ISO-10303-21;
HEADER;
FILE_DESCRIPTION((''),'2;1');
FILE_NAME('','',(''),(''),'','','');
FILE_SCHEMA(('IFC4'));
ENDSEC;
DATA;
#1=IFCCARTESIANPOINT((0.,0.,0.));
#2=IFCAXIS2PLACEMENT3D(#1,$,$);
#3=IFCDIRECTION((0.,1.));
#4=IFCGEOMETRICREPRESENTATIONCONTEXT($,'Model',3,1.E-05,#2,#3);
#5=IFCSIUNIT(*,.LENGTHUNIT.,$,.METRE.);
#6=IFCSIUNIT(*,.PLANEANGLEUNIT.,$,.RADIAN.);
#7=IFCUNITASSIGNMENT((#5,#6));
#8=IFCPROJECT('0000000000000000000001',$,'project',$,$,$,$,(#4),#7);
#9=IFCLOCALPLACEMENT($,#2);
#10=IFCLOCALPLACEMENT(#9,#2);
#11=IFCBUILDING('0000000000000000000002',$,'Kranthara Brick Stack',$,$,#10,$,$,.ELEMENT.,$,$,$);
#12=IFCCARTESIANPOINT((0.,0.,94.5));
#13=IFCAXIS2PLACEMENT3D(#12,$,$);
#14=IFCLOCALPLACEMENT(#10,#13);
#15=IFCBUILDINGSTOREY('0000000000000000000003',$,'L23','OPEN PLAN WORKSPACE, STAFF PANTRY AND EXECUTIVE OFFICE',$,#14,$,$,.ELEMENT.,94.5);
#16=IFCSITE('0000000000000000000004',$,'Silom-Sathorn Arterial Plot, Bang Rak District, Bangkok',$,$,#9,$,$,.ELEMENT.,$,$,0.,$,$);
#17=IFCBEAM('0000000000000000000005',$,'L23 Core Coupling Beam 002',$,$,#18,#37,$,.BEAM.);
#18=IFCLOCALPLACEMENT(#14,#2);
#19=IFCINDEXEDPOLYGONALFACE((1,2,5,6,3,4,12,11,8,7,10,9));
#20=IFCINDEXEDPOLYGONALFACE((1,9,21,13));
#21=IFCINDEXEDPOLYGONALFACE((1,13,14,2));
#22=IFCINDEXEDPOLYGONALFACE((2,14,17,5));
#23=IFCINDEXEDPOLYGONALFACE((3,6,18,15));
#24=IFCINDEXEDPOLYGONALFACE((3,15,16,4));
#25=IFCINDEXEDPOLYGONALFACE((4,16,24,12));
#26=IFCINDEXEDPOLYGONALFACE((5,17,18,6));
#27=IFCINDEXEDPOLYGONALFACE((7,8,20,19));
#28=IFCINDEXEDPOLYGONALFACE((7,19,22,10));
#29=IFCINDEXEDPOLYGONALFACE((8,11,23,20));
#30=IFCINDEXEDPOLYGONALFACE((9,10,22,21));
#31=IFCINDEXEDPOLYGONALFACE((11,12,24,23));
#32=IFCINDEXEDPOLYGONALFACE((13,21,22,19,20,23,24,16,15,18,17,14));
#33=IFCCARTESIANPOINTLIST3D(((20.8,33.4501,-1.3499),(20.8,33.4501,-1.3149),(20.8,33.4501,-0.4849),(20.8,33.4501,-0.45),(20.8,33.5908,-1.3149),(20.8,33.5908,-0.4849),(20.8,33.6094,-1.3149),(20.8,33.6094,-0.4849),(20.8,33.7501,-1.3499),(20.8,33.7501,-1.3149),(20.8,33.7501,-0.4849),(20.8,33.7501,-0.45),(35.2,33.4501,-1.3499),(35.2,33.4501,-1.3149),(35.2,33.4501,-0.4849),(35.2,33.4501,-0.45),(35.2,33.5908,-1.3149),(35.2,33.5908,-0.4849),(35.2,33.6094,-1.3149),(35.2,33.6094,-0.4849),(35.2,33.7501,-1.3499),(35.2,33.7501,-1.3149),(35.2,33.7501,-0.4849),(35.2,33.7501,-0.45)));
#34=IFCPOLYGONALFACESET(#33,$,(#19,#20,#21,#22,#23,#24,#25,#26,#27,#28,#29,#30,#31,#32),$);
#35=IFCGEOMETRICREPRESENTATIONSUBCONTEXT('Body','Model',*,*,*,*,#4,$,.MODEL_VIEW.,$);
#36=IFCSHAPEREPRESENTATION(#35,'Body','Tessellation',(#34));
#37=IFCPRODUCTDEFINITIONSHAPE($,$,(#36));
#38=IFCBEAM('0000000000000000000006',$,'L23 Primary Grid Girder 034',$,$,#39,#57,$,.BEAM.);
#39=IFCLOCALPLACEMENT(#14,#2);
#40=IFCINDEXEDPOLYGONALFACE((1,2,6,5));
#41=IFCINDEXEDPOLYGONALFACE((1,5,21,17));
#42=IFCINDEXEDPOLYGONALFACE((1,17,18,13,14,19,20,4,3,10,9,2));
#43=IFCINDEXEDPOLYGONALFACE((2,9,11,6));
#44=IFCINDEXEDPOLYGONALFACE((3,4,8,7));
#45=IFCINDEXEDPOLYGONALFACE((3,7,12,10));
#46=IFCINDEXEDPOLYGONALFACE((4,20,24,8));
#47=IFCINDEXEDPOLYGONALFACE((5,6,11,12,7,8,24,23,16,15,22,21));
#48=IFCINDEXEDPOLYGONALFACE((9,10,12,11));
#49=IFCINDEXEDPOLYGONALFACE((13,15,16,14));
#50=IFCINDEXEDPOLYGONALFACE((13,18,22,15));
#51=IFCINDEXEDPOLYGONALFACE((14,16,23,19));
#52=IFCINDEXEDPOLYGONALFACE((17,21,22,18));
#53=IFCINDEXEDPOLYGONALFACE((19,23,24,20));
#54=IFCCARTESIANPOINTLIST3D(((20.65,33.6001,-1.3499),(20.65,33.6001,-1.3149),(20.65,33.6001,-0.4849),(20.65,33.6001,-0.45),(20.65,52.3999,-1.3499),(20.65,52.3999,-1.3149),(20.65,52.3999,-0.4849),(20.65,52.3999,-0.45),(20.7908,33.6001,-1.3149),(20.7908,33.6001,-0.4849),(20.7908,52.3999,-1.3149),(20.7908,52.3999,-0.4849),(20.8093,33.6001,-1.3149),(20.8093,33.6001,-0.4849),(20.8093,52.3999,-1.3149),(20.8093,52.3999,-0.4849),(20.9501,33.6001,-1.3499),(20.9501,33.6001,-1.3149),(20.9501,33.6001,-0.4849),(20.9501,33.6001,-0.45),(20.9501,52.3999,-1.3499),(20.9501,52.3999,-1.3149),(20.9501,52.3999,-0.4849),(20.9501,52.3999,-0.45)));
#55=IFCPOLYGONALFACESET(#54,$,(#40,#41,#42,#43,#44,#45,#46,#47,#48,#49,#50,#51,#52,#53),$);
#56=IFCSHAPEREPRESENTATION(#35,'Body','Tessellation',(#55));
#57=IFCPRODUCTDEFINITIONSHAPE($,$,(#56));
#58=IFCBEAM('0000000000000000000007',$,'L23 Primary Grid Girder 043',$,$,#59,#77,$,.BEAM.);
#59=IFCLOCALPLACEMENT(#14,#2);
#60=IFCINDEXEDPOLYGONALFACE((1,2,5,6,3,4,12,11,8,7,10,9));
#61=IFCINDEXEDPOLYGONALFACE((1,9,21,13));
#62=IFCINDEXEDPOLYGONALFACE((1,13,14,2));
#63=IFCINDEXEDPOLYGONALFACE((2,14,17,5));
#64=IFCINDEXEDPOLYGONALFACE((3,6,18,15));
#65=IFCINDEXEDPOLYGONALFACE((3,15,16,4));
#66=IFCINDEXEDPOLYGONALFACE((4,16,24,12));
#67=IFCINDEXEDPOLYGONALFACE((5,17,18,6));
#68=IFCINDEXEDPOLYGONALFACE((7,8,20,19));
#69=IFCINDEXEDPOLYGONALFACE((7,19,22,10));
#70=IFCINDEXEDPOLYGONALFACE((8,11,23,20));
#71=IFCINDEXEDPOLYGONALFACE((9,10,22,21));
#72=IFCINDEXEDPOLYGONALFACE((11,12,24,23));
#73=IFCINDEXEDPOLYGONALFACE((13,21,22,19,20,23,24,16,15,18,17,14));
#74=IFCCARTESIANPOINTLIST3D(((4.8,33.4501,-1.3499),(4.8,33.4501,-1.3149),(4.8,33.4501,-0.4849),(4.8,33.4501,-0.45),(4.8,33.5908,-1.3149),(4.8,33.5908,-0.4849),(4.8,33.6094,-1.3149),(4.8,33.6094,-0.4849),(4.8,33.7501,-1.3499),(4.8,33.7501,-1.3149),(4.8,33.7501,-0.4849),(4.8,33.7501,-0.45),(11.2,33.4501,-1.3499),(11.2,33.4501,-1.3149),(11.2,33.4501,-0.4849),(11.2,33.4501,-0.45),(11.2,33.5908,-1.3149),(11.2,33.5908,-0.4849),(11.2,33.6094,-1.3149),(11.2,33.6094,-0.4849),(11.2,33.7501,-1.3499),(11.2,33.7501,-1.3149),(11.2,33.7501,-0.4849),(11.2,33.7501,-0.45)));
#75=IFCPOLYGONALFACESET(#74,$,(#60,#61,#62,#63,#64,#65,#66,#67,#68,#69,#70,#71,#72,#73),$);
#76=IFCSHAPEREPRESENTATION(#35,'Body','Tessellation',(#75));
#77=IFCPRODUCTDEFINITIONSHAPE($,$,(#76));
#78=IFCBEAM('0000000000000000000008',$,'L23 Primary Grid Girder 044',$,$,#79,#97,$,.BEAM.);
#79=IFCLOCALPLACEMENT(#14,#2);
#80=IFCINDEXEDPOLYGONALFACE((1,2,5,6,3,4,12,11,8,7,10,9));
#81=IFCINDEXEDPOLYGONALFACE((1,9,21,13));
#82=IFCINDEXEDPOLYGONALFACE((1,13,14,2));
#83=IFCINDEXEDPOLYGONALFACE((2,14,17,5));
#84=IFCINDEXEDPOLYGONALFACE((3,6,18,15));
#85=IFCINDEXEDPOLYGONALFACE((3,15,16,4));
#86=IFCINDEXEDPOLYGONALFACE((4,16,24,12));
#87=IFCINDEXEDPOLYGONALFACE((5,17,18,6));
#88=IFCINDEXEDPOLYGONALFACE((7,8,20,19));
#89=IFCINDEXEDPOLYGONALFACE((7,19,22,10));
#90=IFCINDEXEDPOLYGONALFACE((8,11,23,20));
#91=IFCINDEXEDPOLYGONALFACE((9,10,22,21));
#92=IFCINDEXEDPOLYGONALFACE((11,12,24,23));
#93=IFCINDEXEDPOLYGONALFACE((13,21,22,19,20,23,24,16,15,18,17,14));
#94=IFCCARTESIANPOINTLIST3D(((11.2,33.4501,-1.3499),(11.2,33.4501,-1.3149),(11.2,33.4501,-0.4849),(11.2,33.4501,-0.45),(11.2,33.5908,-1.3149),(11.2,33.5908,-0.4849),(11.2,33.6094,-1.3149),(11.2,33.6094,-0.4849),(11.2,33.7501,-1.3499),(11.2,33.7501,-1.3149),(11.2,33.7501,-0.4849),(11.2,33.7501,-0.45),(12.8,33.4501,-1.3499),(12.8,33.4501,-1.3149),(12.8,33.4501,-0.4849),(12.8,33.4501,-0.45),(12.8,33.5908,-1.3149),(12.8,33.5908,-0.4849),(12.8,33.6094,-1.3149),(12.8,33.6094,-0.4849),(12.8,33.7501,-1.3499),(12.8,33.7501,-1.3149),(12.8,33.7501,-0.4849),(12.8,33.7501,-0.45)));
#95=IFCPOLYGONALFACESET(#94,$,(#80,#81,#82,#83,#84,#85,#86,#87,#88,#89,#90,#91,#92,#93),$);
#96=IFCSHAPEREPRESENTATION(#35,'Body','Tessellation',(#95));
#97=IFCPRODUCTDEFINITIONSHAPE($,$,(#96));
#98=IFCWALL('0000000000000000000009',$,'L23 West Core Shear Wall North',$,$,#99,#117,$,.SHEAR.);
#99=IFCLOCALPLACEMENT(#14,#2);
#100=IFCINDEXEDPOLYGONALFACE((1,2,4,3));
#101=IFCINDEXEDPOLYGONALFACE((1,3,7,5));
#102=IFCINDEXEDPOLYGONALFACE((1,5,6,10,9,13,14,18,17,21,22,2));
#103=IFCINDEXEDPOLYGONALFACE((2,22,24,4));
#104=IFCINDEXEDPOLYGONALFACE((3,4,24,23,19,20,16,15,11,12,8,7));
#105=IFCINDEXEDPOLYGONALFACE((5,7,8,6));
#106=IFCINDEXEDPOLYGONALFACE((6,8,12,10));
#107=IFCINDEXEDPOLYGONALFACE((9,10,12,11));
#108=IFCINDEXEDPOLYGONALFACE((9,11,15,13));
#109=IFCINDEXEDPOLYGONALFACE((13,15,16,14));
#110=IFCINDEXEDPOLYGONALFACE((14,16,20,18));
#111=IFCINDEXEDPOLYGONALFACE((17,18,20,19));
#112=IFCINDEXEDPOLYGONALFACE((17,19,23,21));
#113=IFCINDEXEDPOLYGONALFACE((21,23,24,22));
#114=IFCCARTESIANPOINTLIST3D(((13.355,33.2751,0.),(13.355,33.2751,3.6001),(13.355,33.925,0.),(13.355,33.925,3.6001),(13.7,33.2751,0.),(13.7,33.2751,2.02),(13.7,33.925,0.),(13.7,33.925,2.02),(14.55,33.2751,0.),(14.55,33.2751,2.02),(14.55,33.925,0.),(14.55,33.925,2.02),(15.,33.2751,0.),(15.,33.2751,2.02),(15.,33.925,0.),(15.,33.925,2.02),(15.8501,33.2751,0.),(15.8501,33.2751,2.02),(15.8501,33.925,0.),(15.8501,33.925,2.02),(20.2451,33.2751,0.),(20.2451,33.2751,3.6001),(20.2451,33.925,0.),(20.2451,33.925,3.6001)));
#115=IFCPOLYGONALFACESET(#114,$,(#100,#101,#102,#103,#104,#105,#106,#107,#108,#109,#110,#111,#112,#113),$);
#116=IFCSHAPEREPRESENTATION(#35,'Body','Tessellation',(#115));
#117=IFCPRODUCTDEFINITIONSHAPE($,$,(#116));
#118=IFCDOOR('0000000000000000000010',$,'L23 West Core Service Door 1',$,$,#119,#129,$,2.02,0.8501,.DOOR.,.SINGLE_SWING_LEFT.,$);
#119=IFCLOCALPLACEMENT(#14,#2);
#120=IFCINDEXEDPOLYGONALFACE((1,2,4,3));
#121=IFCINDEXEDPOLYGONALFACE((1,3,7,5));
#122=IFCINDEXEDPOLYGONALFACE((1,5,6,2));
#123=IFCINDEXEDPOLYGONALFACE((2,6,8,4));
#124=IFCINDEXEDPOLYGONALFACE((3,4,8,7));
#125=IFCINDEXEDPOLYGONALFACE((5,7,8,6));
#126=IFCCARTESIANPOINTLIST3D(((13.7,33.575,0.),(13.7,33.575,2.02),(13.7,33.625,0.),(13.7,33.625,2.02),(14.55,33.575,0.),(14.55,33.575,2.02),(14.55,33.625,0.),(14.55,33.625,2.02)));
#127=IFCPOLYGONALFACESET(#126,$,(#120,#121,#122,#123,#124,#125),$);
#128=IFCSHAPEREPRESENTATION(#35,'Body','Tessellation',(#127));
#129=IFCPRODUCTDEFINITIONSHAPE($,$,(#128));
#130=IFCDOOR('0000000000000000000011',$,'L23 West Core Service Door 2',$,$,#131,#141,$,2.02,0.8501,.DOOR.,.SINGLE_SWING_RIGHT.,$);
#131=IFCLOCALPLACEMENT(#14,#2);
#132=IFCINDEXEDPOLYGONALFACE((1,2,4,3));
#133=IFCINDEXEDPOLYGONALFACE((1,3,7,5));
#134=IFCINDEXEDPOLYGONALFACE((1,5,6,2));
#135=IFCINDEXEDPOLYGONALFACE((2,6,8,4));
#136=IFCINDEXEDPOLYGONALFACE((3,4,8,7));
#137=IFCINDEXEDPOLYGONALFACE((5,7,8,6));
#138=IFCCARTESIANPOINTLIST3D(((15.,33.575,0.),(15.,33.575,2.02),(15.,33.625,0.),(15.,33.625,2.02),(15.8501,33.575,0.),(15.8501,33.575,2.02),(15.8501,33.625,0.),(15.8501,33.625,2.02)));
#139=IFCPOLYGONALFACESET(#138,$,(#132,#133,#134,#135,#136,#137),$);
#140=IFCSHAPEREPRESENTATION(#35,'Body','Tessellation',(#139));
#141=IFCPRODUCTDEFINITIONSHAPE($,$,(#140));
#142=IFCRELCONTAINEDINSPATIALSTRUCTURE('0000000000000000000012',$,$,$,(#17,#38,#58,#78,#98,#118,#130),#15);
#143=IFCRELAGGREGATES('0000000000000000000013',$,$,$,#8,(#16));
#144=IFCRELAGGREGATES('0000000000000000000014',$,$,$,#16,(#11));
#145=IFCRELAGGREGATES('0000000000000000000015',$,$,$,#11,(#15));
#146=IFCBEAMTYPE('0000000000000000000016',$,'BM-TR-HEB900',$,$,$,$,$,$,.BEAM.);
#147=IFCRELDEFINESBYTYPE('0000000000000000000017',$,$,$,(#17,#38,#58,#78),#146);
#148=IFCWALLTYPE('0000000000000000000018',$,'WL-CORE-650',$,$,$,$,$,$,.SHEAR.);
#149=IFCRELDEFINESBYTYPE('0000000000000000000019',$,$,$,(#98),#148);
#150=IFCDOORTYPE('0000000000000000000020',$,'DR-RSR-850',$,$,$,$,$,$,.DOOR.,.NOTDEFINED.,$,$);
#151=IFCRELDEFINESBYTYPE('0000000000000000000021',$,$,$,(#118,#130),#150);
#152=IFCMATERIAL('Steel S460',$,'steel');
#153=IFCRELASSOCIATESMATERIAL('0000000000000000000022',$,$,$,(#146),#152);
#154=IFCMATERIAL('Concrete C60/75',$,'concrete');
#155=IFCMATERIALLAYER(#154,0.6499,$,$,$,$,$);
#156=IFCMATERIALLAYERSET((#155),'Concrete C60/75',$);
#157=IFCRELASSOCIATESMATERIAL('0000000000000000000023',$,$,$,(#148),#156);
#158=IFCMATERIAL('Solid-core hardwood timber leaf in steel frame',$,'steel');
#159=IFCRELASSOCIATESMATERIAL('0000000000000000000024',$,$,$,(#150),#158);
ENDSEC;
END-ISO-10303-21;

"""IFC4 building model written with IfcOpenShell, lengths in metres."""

from ifc_helpers import new_model, si_unit, direction, frame, frame_2d, origin, origin_2d, place, context, subcontext, project, spatial, rectangle, i_section, extrude, material, layer, layer_set, material_profile, profile_set, type_object, element, fill, save


model = new_model("IFC4")

# Units and contexts
model_context = context("Model", 3, precision=1e-05, world=origin(), true_north=direction((0.0, 1.0)))
body_context = subcontext(model_context, "Body", "Model", "MODEL_VIEW")
ifc_project = project(units=[si_unit("LENGTHUNIT", "METRE"), si_unit("PLANEANGLEUNIT", "RADIAN")], contexts=[model_context])

# Site, building, storey
site_placement = place(None, origin())
site = spatial("IfcSite", under=ifc_project, at=site_placement, Name="Silom-Sathorn Arterial Plot, Bang Rak District, Bangkok", CompositionType="ELEMENT", RefElevation=0.0)
building_placement = place(site_placement, origin())
building = spatial("IfcBuilding", under=site, at=building_placement, Name="Kranthara Brick Stack", CompositionType="ELEMENT")
storey_placement = place(building_placement, frame((0.0, 0.0, 94.5)))
storey = spatial("IfcBuildingStorey", under=building, at=storey_placement, Name="L23", Description="OPEN PLAN WORKSPACE, STAFF PANTRY AND EXECUTIVE OFFICE", CompositionType="ELEMENT", Elevation=94.5)

# Beams
ifc_material_1 = material(Name="Steel S460", Category="steel")
ifc_material_profile_1 = material_profile(ifc_material_1, i_section(OverallWidth=0.3, OverallDepth=0.8999, WebThickness=0.0186, FlangeThickness=0.0349, at=origin_2d()), Name="HEB 900")
ifc_profile_set_1 = profile_set([ifc_material_profile_1], Name="Steel S460")
beam_type_1 = type_object("IfcBeamType", Name="BM-TR-HEB900", PredefinedType="BEAM", material=ifc_profile_set_1)
beam_1_placement = place(storey_placement, frame((20.8, 33.6001, -0.8999), z_axis=(1.0, 0.0, 0.0), x_axis=(0.0, 1.0, 0.0)))
element("IfcBeam", 1, at=beam_1_placement, inside=storey, type_object=beam_type_1, Name="L23 Core Coupling Beam 002", PredefinedType="BEAM", context=body_context, shape_type="SweptSolid", body=[
    extrude(i_section(OverallWidth=0.3, OverallDepth=0.8999, WebThickness=0.0186, FlangeThickness=0.0349, at=origin_2d()), origin(), (0.0, 0.0, 1.0), 14.3999),
])
beam_2_placement = place(storey_placement, frame((20.8, 33.6001, -0.8999), z_axis=(0.0, 1.0, 0.0), x_axis=(-1.0, 0.0, 0.0)))
element("IfcBeam", 2, at=beam_2_placement, inside=storey, type_object=beam_type_1, Name="L23 Primary Grid Girder 034", PredefinedType="BEAM", context=body_context, shape_type="SweptSolid", body=[
    extrude(i_section(OverallWidth=0.3, OverallDepth=0.8999, WebThickness=0.0186, FlangeThickness=0.0349, at=origin_2d()), origin(), (0.0, 0.0, 1.0), 18.7998),
])
beam_3_placement = place(storey_placement, frame((4.8, 33.6001, -0.8999), z_axis=(1.0, 0.0, 0.0), x_axis=(0.0, 1.0, 0.0)))
element("IfcBeam", 3, at=beam_3_placement, inside=storey, type_object=beam_type_1, Name="L23 Primary Grid Girder 043", PredefinedType="BEAM", context=body_context, shape_type="SweptSolid", body=[
    extrude(i_section(OverallWidth=0.3, OverallDepth=0.8999, WebThickness=0.0186, FlangeThickness=0.0349, at=origin_2d()), origin(), (0.0, 0.0, 1.0), 6.3999),
])
beam_4_placement = place(storey_placement, frame((11.2, 33.6001, -0.8999), z_axis=(1.0, 0.0, 0.0), x_axis=(0.0, 1.0, 0.0)))
element("IfcBeam", 4, at=beam_4_placement, inside=storey, type_object=beam_type_1, Name="L23 Primary Grid Girder 044", PredefinedType="BEAM", context=body_context, shape_type="SweptSolid", body=[
    extrude(i_section(OverallWidth=0.3, OverallDepth=0.8999, WebThickness=0.0186, FlangeThickness=0.0349, at=origin_2d()), origin(), (0.0, 0.0, 1.0), 1.6001),
])

# Wall, openings, doors
ifc_material_2 = material(Name="Concrete C60/75", Category="concrete")
ifc_layer = layer(ifc_material_2, 0.6499)
ifc_layer_set = layer_set([ifc_layer], Name="Concrete C60/75")
wall_type = type_object("IfcWallType", Name="WL-CORE-650", PredefinedType="SHEAR", material=ifc_layer_set)
wall_placement = place(storey_placement, frame((13.355, 33.6001, 0.0), z_axis=(0.0, 0.0, 1.0), x_axis=(1.0, 0.0, 0.0)))
wall = element("IfcWall", 5, at=wall_placement, inside=storey, type_object=wall_type, Name="L23 West Core Shear Wall North", PredefinedType="SHEAR", context=body_context, shape_type="SweptSolid", body=[
    extrude(rectangle(XDim=6.8901, YDim=0.6499, at=frame_2d((3.4451, 0.0))), origin(), (0.0, 0.0, 1.0), 3.6001),
])
opening_1_placement = place(wall_placement, frame((0.345, 0.0, 0.0)))
opening_1 = element("IfcOpeningElement", 6, at=opening_1_placement, cuts=wall, PredefinedType="OPENING", context=body_context, shape_type="SweptSolid", body=[
    extrude(rectangle(XDim=0.8501, YDim=2.02, at=frame_2d((0.425, 1.01))), frame((0.0, 0.335, 0.0), z_axis=(0.0, -1.0, 0.0), x_axis=(1.0, 0.0, 0.0)), (0.0, 0.0, 1.0), 0.6699),
])
opening_2_placement = place(wall_placement, frame((1.645, 0.0, 0.0)))
opening_2 = element("IfcOpeningElement", 7, at=opening_2_placement, cuts=wall, PredefinedType="OPENING", context=body_context, shape_type="SweptSolid", body=[
    extrude(rectangle(XDim=0.8501, YDim=2.02, at=frame_2d((0.425, 1.01))), frame((0.0, 0.335, 0.0), z_axis=(0.0, -1.0, 0.0), x_axis=(1.0, 0.0, 0.0)), (0.0, 0.0, 1.0), 0.6699),
])
ifc_material_3 = material(Name="Solid-core hardwood timber leaf in steel frame", Category="steel")
door_type = type_object("IfcDoorType", Name="DR-RSR-850", OperationType="NOTDEFINED", PredefinedType="DOOR", material=ifc_material_3)
door_1_placement = place(opening_1_placement, origin())
door_1 = element("IfcDoor", 8, at=door_1_placement, inside=storey, type_object=door_type, Name="L23 West Core Service Door 1", OperationType="SINGLE_SWING_LEFT", OverallHeight=2.02, OverallWidth=0.8501, PredefinedType="DOOR", context=body_context, shape_type="SweptSolid", body=[
    extrude(rectangle(XDim=0.8501, YDim=2.02, at=frame_2d((0.425, 1.01))), frame((0.0, 0.0249, 0.0), z_axis=(0.0, -1.0, 0.0), x_axis=(1.0, 0.0, 0.0)), (0.0, 0.0, 1.0), 0.05),
])
fill(opening_1, door_1)
door_2_placement = place(opening_2_placement, origin())
door_2 = element("IfcDoor", 9, at=door_2_placement, inside=storey, type_object=door_type, Name="L23 West Core Service Door 2", OperationType="SINGLE_SWING_RIGHT", OverallHeight=2.02, OverallWidth=0.8501, PredefinedType="DOOR", context=body_context, shape_type="SweptSolid", body=[
    extrude(rectangle(XDim=0.8501, YDim=2.02, at=frame_2d((0.425, 1.01))), frame((0.0, 0.0249, 0.0), z_axis=(0.0, -1.0, 0.0), x_axis=(1.0, 0.0, 0.0)), (0.0, 0.0, 1.0), 0.05),
])
fill(opening_2, door_2)

save(model, "model.ifc")
